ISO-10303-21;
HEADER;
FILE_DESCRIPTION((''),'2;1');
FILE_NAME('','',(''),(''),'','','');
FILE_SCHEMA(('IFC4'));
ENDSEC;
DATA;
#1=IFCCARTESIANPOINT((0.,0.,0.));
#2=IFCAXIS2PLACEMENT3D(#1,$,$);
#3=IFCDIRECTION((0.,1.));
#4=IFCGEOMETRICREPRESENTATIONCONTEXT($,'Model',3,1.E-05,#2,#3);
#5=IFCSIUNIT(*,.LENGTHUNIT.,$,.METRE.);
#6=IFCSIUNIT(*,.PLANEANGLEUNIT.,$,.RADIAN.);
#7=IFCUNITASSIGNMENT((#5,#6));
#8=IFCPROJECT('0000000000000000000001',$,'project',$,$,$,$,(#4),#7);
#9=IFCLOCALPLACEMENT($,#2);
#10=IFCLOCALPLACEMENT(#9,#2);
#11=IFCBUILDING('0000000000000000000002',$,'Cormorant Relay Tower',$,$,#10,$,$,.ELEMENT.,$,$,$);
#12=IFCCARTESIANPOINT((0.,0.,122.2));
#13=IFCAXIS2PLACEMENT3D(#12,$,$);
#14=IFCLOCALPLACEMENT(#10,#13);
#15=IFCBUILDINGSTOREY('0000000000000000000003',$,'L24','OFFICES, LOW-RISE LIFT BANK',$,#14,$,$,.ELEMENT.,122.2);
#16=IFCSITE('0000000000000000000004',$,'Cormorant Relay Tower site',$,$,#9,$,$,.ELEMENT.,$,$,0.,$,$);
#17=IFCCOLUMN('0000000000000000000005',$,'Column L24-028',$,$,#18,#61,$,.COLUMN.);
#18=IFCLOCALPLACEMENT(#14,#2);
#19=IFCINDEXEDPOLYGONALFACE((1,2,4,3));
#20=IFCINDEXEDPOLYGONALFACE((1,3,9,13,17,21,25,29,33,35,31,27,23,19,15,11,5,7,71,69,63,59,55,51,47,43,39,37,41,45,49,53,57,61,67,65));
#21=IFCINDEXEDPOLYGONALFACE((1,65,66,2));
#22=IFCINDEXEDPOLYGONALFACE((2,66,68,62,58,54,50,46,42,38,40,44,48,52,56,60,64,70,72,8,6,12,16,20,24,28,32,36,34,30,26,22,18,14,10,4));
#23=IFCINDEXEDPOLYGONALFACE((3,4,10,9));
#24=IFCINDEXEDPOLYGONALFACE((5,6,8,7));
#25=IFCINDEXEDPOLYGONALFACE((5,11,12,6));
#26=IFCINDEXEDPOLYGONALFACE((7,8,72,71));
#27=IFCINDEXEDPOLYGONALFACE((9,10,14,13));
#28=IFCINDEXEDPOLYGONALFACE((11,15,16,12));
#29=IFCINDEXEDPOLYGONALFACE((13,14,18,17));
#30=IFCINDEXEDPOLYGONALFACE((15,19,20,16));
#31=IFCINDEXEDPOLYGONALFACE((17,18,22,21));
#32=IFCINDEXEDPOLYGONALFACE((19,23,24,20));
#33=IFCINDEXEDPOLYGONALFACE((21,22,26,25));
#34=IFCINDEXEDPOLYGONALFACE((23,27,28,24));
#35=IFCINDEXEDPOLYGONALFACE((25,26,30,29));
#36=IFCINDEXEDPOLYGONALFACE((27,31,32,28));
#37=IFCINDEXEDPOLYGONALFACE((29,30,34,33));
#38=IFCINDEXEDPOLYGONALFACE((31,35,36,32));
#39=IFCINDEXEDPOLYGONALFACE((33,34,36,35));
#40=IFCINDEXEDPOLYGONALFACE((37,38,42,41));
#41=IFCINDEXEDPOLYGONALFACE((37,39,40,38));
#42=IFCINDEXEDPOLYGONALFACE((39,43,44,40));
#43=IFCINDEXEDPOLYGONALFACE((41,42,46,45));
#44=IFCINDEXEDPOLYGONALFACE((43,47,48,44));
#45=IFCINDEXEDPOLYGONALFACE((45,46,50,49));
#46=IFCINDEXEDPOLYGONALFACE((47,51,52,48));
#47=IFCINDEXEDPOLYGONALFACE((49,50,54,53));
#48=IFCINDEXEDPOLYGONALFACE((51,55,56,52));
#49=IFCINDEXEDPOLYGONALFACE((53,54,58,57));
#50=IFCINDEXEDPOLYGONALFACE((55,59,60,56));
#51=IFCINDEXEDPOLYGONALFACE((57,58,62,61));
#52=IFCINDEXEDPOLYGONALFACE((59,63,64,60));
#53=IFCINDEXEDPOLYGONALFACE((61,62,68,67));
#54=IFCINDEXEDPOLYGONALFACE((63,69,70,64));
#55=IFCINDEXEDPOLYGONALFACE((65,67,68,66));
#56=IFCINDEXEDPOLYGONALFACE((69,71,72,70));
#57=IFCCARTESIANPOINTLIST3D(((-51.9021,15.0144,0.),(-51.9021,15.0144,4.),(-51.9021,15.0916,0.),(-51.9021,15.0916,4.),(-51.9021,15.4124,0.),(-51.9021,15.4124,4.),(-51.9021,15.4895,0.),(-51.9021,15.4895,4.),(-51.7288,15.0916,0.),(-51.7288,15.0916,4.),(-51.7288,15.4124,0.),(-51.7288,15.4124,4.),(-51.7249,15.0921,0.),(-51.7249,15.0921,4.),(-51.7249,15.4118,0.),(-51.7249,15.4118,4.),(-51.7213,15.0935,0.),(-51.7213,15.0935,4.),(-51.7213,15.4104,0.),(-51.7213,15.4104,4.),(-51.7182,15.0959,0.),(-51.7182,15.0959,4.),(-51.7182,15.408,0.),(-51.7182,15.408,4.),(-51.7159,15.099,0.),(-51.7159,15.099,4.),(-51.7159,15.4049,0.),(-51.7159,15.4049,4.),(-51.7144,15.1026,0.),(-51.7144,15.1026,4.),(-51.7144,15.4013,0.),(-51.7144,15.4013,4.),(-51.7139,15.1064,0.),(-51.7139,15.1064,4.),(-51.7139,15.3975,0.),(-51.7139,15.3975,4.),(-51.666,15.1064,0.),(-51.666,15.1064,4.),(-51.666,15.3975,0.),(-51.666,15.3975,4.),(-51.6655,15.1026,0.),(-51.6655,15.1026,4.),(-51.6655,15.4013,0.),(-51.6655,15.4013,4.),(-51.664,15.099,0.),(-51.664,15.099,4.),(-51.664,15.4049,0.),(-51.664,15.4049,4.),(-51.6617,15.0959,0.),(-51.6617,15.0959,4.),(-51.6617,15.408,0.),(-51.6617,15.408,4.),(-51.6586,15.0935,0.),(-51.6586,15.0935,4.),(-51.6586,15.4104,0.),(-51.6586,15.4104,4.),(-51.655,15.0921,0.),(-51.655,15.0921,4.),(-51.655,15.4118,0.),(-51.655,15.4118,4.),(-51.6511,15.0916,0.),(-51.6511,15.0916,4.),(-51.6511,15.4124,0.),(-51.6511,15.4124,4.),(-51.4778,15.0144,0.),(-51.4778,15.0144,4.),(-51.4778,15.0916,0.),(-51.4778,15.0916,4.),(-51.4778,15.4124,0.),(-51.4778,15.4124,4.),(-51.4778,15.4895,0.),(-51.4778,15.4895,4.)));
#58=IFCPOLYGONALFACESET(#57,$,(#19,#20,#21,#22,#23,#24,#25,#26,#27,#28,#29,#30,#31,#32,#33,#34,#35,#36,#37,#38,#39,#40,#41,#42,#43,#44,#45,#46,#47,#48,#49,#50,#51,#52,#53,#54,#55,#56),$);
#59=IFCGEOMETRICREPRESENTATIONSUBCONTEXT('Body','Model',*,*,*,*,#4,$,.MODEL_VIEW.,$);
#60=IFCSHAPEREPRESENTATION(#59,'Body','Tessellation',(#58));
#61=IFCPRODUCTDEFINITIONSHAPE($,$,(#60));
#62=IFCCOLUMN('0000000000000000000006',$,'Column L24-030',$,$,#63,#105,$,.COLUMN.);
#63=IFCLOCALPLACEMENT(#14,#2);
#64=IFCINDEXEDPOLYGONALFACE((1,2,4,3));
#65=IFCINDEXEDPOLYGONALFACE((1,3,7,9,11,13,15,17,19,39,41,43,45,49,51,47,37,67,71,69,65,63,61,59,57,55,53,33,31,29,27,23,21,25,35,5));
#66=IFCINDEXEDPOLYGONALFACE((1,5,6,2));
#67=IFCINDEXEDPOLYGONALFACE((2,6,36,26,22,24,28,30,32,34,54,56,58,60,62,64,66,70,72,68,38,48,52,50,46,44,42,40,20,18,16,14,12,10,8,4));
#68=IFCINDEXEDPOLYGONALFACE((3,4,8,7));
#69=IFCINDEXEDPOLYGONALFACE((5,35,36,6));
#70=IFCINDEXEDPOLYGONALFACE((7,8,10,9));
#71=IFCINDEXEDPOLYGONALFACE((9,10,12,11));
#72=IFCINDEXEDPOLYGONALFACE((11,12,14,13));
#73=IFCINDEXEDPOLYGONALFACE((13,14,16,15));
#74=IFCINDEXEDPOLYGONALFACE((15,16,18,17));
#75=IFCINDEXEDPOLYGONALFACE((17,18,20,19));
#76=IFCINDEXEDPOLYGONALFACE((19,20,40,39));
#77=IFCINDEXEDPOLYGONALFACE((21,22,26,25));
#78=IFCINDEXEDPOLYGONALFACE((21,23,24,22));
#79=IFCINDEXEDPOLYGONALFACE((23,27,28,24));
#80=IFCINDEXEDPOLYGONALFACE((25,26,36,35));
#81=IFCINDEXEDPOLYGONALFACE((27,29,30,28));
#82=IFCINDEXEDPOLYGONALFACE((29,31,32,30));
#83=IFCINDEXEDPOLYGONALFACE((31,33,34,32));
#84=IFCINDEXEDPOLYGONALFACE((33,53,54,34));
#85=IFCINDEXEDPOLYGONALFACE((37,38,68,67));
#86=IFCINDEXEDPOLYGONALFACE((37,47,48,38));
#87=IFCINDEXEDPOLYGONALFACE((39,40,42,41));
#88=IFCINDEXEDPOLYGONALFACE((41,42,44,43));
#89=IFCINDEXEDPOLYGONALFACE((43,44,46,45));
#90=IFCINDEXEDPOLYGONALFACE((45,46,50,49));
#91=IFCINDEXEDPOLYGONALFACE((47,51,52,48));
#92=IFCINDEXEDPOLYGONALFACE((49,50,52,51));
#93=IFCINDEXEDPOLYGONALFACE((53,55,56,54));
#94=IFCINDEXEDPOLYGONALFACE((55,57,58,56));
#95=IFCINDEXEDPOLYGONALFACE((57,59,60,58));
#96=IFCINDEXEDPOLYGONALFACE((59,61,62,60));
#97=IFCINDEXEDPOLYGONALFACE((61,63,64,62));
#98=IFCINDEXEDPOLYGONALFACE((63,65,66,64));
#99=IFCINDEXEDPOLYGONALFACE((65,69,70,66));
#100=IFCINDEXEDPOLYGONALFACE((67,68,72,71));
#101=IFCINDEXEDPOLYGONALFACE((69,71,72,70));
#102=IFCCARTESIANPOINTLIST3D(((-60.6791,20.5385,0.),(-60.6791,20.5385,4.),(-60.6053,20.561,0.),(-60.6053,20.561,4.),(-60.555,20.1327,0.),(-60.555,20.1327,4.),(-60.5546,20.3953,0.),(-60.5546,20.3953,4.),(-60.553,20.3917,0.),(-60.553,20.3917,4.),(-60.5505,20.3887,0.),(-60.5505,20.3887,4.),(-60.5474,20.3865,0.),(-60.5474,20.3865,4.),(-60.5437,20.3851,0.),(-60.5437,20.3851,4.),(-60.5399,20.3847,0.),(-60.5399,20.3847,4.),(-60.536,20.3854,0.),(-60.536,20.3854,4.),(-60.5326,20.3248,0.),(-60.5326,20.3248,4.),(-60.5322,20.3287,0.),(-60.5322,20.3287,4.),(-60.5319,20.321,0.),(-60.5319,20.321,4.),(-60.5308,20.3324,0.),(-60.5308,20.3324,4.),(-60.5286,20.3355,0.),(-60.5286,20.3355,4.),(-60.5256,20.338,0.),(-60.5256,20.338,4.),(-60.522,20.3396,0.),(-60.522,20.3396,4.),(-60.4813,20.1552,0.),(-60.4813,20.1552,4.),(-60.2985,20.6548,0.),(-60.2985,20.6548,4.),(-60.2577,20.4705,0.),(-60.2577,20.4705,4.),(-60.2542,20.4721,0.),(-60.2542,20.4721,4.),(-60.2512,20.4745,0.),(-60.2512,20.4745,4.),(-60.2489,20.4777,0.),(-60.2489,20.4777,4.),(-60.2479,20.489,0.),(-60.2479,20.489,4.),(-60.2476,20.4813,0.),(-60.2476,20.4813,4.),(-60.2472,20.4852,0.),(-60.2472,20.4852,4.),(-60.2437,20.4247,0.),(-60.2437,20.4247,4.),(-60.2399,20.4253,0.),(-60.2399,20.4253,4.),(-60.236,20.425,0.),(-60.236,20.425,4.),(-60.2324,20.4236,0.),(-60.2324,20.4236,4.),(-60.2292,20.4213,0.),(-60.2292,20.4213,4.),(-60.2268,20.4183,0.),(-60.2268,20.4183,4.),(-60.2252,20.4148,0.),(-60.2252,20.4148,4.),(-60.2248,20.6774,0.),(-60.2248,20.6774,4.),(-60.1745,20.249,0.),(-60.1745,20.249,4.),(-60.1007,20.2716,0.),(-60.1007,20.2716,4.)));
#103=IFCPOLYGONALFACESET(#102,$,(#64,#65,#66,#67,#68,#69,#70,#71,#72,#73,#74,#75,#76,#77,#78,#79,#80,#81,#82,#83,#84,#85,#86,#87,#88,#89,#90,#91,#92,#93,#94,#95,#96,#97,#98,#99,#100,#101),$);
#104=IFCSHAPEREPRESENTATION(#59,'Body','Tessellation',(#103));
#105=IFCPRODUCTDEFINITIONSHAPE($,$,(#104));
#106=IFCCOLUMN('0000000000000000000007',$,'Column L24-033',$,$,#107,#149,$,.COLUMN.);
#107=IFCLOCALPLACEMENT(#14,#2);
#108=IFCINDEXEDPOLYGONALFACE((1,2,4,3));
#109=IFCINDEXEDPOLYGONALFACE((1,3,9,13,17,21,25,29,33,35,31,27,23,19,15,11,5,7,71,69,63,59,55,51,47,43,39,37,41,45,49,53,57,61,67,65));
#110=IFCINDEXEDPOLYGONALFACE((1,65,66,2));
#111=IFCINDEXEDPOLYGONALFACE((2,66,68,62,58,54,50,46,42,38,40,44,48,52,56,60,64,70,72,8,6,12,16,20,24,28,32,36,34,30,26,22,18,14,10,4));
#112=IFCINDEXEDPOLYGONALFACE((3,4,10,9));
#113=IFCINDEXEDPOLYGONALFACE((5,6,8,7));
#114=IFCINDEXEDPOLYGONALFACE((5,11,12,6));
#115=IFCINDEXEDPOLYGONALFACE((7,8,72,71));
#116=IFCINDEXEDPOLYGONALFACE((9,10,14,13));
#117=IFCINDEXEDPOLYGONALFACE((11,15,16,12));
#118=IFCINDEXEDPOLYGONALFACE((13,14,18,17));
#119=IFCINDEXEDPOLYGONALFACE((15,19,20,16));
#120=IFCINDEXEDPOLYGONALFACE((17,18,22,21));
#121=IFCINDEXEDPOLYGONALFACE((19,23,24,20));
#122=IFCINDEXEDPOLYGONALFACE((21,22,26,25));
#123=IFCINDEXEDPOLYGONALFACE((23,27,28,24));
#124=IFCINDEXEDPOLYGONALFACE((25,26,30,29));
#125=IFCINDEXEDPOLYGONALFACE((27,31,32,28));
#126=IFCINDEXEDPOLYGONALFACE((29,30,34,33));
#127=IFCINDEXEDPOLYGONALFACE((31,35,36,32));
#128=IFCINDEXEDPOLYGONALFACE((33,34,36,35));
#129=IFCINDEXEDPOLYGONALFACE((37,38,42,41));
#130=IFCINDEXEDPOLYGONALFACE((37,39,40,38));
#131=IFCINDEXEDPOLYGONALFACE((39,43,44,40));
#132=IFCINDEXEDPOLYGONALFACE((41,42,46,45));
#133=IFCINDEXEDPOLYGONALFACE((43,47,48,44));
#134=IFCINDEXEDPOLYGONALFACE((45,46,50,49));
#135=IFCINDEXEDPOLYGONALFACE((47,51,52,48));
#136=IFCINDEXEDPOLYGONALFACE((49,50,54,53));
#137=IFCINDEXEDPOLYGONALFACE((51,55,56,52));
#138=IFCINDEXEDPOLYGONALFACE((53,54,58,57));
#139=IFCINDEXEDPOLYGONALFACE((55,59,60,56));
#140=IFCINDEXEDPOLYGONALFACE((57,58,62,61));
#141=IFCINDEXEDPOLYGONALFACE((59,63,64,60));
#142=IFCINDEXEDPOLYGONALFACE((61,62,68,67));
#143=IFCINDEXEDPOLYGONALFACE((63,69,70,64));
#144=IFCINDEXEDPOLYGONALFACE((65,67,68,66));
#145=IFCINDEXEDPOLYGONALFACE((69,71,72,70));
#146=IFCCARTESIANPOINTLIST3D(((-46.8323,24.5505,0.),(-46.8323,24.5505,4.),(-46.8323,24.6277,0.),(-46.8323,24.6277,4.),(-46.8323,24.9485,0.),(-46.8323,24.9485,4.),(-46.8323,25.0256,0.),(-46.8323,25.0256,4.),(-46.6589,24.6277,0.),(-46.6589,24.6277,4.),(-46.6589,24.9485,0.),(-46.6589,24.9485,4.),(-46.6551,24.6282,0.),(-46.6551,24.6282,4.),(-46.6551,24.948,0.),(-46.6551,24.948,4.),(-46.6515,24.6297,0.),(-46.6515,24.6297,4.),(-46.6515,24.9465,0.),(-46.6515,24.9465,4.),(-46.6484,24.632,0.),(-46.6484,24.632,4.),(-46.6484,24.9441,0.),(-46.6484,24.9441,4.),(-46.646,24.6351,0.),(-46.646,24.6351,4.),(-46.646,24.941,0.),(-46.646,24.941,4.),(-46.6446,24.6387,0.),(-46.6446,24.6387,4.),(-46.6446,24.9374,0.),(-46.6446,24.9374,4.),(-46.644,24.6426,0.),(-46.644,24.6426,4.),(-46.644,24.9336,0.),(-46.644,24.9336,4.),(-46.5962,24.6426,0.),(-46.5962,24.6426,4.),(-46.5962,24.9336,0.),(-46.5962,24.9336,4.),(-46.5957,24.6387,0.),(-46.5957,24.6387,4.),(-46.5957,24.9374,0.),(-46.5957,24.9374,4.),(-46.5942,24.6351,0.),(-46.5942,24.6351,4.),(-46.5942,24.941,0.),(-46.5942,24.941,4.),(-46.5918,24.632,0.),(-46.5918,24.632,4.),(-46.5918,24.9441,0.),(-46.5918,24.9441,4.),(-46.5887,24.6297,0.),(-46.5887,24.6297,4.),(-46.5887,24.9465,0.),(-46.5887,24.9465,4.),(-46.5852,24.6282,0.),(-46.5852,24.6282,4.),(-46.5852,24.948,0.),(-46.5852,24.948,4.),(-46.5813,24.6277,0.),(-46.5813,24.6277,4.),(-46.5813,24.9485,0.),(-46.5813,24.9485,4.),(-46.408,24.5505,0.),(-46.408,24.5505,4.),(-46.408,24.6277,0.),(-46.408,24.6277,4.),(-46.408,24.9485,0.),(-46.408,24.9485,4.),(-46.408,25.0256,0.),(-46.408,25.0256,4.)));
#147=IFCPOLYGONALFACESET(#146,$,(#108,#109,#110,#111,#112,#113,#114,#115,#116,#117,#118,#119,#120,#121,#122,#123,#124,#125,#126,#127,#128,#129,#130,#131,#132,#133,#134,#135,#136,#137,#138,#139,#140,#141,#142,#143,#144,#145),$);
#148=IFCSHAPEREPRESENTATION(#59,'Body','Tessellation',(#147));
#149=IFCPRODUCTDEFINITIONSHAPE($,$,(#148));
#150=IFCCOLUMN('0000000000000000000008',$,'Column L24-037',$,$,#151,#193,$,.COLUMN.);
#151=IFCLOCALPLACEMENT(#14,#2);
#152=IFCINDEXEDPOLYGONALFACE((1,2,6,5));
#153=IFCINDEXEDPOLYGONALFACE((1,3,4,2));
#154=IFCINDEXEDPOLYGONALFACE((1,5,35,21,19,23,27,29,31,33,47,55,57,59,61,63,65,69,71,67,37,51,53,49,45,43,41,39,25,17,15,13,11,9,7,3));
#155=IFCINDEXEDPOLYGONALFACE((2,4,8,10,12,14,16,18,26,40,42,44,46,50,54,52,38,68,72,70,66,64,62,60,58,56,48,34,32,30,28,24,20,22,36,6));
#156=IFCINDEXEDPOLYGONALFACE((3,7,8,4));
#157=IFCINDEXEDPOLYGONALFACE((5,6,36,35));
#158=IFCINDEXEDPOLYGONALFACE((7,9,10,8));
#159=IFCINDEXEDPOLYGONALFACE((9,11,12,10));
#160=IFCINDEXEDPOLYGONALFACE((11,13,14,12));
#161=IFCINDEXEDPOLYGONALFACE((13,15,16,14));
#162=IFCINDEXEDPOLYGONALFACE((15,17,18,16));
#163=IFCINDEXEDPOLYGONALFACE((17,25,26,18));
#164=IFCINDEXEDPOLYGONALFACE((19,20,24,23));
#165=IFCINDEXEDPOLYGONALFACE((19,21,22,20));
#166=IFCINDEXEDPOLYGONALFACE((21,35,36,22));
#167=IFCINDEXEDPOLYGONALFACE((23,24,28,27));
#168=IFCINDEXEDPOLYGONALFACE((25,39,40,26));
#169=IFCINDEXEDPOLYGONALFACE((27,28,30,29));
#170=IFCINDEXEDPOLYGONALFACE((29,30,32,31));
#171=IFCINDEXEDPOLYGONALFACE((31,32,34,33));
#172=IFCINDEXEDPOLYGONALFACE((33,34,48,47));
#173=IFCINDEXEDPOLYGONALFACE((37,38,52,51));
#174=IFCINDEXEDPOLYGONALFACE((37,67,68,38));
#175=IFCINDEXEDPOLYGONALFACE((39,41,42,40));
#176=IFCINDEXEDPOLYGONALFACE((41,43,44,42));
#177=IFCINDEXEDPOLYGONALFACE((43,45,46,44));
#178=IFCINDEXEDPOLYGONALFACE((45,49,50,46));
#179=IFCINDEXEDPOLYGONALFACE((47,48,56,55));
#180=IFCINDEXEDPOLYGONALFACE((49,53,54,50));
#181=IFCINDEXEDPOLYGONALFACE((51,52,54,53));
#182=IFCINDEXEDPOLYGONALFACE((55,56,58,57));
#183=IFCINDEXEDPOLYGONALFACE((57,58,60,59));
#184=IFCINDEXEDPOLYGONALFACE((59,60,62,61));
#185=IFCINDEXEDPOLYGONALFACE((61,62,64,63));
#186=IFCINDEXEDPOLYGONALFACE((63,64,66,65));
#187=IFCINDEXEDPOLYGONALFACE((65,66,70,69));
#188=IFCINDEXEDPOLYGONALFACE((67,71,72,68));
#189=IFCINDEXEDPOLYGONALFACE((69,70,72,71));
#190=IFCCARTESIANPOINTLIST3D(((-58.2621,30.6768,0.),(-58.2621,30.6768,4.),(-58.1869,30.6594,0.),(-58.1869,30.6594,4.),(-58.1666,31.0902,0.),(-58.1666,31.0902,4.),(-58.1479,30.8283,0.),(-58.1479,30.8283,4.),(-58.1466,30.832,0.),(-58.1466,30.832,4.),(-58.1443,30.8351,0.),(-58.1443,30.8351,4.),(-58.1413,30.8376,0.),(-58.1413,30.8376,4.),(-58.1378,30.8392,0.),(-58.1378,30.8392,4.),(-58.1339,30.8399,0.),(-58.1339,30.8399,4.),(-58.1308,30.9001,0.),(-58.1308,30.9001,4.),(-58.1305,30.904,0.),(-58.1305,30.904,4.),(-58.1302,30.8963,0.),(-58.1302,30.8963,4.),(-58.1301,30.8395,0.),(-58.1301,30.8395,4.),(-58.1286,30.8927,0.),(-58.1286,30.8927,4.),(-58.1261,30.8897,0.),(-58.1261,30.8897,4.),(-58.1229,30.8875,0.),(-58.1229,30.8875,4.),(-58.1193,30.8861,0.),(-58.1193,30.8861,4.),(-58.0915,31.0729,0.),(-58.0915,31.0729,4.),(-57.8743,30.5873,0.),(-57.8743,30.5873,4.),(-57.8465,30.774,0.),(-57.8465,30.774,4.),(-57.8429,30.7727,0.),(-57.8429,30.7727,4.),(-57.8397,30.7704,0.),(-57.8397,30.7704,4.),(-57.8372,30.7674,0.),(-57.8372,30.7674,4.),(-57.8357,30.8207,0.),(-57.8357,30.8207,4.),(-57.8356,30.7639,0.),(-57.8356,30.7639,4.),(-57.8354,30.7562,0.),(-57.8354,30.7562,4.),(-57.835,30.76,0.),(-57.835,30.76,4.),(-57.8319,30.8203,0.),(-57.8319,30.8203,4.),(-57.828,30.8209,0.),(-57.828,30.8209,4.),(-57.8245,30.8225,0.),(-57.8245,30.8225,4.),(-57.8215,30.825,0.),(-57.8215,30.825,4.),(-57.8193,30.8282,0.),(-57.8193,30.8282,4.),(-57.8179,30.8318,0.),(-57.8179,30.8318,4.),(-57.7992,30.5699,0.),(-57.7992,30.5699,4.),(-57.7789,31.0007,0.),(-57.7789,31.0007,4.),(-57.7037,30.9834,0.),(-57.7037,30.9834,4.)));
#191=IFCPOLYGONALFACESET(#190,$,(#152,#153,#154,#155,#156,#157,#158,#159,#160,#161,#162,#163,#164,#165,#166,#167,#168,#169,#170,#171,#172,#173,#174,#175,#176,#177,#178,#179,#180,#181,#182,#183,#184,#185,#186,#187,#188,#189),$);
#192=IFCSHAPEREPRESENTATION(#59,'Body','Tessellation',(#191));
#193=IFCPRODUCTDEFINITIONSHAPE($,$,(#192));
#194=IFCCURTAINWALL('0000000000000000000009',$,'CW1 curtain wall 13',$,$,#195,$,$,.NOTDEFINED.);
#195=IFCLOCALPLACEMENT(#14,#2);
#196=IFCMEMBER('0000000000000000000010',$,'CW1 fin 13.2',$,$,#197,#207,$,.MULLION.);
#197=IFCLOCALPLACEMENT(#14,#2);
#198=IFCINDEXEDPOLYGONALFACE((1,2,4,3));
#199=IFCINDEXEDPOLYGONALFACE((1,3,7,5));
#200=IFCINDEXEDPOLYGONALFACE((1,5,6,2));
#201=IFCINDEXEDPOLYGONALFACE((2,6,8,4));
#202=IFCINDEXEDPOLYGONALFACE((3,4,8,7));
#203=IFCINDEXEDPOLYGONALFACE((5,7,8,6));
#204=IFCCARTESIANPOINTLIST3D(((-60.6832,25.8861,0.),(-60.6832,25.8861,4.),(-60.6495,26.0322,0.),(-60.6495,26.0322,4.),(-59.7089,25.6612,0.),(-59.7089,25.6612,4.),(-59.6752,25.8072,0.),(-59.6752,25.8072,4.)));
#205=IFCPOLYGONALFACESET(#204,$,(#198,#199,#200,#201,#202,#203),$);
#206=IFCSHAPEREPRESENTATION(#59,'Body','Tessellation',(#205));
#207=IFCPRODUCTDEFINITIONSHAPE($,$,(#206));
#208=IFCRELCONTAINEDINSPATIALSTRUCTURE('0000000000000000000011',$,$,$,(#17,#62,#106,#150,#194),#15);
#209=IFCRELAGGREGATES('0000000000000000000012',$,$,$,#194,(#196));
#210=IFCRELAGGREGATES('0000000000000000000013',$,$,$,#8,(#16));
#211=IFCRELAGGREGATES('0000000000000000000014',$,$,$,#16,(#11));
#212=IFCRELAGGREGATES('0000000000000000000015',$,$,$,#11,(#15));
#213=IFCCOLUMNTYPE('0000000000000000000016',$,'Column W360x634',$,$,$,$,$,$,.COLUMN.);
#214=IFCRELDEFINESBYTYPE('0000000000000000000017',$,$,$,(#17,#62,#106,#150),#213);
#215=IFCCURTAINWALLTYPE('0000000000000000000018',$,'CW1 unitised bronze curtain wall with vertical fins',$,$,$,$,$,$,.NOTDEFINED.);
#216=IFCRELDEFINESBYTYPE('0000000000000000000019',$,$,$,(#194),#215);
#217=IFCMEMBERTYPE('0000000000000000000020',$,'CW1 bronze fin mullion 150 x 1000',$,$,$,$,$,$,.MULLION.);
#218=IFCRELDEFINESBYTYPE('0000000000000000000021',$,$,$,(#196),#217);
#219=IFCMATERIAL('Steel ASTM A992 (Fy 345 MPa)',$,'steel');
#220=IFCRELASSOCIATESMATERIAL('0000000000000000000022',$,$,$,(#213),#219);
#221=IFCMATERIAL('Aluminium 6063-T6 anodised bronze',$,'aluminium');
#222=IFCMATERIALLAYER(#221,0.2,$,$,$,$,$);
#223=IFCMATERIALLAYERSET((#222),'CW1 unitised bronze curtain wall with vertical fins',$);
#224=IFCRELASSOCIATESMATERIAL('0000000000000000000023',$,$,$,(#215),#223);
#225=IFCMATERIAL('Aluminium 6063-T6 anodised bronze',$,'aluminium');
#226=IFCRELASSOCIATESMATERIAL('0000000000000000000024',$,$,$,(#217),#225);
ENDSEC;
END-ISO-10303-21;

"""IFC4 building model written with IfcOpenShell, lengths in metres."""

from ifc_helpers import new_model, si_unit, direction, frame, origin, origin_2d, place, context, subcontext, project, spatial, rectangle, i_section, extrude, material, layer, layer_set, material_profile, profile_set, type_object, element, aggregate, save


model = new_model("IFC4")

# Units and contexts
model_context = context("Model", 3, precision=1e-05, world=origin(), true_north=direction((0.0, 1.0)))
body_context = subcontext(model_context, "Body", "Model", "MODEL_VIEW")
ifc_project = project(units=[si_unit("LENGTHUNIT", "METRE"), si_unit("PLANEANGLEUNIT", "RADIAN")], contexts=[model_context])

# Site, building, storey
site_placement = place(None, origin())
site = spatial("IfcSite", under=ifc_project, at=site_placement, Name="Cormorant Relay Tower site", CompositionType="ELEMENT", RefElevation=0.0)
building_placement = place(site_placement, origin())
building = spatial("IfcBuilding", under=site, at=building_placement, Name="Cormorant Relay Tower", CompositionType="ELEMENT")
storey_placement = place(building_placement, frame((0.0, 0.0, 122.2)))
storey = spatial("IfcBuildingStorey", under=building, at=storey_placement, Name="L24", Description="OFFICES, LOW-RISE LIFT BANK", CompositionType="ELEMENT", Elevation=122.2)

# Columns
ifc_material_1 = material(Name="Steel ASTM A992 (Fy 345 MPa)", Category="steel")
ifc_material_profile_1 = material_profile(ifc_material_1, i_section(OverallWidth=0.4243, OverallDepth=0.4751, WebThickness=0.0479, FlangeThickness=0.0771, FilletRadius=0.0149, at=origin_2d()), Name="W360x634")
ifc_profile_set_1 = profile_set([ifc_material_profile_1], Name="Steel ASTM A992 (Fy 345 MPa)")
column_type = type_object("IfcColumnType", Name="Column W360x634", PredefinedType="COLUMN", material=ifc_profile_set_1)
for number, where, z_axis, x_axis, name in (
    (1, (-51.6899, 15.252, 0.0), (0.0, 0.0, 1.0), (1.0, 0.0, 0.0), "Column L24-028"),
    (2, (-60.3899, 20.405, 0.0), (0.0, 0.0, 1.0), (0.292372, -0.956305, 0.0), "Column L24-030"),
    (3, (-46.6201, 24.7881, 0.0), (0.0, 0.0, 1.0), (1.0, 0.0, 0.0), "Column L24-033"),
    (4, (-57.9829, 30.8301, 0.0), (0.0, 0.0, 1.0), (-0.224951, -0.97437, 0.0), "Column L24-037"),
):
    element("IfcColumn", number, at=place(storey_placement, frame(where, z_axis=z_axis, x_axis=x_axis)), inside=storey, type_object=column_type, Name=name, PredefinedType="COLUMN", context=body_context, shape_type="SweptSolid", body=[
        extrude(i_section(OverallWidth=0.4243, OverallDepth=0.4751, WebThickness=0.0479, FlangeThickness=0.0771, FilletRadius=0.0149, at=origin_2d()), origin(), (0.0, 0.0, 1.0), 4.0),
    ])

# Curtain wall, member
ifc_material_2 = material(Name="Aluminium 6063-T6 anodised bronze", Category="aluminium")
ifc_layer_1 = layer(ifc_material_2, 0.2)
ifc_layer_set_1 = layer_set([ifc_layer_1], Name="CW1 unitised bronze curtain wall with vertical fins")
curtain_wall_type = type_object("IfcCurtainWallType", Name="CW1 unitised bronze curtain wall with vertical fins", PredefinedType="NOTDEFINED", material=ifc_layer_set_1)
curtain_wall_1_placement = place(storey_placement, origin())
curtain_wall_1 = element("IfcCurtainWall", 5, at=curtain_wall_1_placement, inside=storey, type_object=curtain_wall_type, Name="CW1 curtain wall 13", PredefinedType="NOTDEFINED")
ifc_material_3 = material(Name="Aluminium 6063-T6 anodised bronze", Category="aluminium")
ifc_material_profile_2 = material_profile(ifc_material_3, rectangle(XDim=0.1499, YDim=1.0, at=origin_2d()), Name="AL 150x1000")
ifc_profile_set_2 = profile_set([ifc_material_profile_2], Name="Aluminium 6063-T6 anodised bronze")
member_type_1 = type_object("IfcMemberType", Name="CW1 bronze fin mullion 150 x 1000", PredefinedType="MULLION", material=ifc_profile_set_2)
member_1_placement = place(storey_placement, frame((-60.1792, 25.8467, 0.0), z_axis=(0.0, 0.0, 1.0), x_axis=(-0.224951, -0.97437, 0.0)))
member_1 = element("IfcMember", 6, at=member_1_placement, type_object=member_type_1, Name="CW1 fin 13.2", PredefinedType="MULLION", context=body_context, shape_type="SweptSolid", body=[
    extrude(rectangle(XDim=0.1499, YDim=1.0, at=origin_2d()), origin(), (0.0, 0.0, 1.0), 4.0),
])

aggregate(curtain_wall_1, [member_1])

save(model, "model.ifc")
